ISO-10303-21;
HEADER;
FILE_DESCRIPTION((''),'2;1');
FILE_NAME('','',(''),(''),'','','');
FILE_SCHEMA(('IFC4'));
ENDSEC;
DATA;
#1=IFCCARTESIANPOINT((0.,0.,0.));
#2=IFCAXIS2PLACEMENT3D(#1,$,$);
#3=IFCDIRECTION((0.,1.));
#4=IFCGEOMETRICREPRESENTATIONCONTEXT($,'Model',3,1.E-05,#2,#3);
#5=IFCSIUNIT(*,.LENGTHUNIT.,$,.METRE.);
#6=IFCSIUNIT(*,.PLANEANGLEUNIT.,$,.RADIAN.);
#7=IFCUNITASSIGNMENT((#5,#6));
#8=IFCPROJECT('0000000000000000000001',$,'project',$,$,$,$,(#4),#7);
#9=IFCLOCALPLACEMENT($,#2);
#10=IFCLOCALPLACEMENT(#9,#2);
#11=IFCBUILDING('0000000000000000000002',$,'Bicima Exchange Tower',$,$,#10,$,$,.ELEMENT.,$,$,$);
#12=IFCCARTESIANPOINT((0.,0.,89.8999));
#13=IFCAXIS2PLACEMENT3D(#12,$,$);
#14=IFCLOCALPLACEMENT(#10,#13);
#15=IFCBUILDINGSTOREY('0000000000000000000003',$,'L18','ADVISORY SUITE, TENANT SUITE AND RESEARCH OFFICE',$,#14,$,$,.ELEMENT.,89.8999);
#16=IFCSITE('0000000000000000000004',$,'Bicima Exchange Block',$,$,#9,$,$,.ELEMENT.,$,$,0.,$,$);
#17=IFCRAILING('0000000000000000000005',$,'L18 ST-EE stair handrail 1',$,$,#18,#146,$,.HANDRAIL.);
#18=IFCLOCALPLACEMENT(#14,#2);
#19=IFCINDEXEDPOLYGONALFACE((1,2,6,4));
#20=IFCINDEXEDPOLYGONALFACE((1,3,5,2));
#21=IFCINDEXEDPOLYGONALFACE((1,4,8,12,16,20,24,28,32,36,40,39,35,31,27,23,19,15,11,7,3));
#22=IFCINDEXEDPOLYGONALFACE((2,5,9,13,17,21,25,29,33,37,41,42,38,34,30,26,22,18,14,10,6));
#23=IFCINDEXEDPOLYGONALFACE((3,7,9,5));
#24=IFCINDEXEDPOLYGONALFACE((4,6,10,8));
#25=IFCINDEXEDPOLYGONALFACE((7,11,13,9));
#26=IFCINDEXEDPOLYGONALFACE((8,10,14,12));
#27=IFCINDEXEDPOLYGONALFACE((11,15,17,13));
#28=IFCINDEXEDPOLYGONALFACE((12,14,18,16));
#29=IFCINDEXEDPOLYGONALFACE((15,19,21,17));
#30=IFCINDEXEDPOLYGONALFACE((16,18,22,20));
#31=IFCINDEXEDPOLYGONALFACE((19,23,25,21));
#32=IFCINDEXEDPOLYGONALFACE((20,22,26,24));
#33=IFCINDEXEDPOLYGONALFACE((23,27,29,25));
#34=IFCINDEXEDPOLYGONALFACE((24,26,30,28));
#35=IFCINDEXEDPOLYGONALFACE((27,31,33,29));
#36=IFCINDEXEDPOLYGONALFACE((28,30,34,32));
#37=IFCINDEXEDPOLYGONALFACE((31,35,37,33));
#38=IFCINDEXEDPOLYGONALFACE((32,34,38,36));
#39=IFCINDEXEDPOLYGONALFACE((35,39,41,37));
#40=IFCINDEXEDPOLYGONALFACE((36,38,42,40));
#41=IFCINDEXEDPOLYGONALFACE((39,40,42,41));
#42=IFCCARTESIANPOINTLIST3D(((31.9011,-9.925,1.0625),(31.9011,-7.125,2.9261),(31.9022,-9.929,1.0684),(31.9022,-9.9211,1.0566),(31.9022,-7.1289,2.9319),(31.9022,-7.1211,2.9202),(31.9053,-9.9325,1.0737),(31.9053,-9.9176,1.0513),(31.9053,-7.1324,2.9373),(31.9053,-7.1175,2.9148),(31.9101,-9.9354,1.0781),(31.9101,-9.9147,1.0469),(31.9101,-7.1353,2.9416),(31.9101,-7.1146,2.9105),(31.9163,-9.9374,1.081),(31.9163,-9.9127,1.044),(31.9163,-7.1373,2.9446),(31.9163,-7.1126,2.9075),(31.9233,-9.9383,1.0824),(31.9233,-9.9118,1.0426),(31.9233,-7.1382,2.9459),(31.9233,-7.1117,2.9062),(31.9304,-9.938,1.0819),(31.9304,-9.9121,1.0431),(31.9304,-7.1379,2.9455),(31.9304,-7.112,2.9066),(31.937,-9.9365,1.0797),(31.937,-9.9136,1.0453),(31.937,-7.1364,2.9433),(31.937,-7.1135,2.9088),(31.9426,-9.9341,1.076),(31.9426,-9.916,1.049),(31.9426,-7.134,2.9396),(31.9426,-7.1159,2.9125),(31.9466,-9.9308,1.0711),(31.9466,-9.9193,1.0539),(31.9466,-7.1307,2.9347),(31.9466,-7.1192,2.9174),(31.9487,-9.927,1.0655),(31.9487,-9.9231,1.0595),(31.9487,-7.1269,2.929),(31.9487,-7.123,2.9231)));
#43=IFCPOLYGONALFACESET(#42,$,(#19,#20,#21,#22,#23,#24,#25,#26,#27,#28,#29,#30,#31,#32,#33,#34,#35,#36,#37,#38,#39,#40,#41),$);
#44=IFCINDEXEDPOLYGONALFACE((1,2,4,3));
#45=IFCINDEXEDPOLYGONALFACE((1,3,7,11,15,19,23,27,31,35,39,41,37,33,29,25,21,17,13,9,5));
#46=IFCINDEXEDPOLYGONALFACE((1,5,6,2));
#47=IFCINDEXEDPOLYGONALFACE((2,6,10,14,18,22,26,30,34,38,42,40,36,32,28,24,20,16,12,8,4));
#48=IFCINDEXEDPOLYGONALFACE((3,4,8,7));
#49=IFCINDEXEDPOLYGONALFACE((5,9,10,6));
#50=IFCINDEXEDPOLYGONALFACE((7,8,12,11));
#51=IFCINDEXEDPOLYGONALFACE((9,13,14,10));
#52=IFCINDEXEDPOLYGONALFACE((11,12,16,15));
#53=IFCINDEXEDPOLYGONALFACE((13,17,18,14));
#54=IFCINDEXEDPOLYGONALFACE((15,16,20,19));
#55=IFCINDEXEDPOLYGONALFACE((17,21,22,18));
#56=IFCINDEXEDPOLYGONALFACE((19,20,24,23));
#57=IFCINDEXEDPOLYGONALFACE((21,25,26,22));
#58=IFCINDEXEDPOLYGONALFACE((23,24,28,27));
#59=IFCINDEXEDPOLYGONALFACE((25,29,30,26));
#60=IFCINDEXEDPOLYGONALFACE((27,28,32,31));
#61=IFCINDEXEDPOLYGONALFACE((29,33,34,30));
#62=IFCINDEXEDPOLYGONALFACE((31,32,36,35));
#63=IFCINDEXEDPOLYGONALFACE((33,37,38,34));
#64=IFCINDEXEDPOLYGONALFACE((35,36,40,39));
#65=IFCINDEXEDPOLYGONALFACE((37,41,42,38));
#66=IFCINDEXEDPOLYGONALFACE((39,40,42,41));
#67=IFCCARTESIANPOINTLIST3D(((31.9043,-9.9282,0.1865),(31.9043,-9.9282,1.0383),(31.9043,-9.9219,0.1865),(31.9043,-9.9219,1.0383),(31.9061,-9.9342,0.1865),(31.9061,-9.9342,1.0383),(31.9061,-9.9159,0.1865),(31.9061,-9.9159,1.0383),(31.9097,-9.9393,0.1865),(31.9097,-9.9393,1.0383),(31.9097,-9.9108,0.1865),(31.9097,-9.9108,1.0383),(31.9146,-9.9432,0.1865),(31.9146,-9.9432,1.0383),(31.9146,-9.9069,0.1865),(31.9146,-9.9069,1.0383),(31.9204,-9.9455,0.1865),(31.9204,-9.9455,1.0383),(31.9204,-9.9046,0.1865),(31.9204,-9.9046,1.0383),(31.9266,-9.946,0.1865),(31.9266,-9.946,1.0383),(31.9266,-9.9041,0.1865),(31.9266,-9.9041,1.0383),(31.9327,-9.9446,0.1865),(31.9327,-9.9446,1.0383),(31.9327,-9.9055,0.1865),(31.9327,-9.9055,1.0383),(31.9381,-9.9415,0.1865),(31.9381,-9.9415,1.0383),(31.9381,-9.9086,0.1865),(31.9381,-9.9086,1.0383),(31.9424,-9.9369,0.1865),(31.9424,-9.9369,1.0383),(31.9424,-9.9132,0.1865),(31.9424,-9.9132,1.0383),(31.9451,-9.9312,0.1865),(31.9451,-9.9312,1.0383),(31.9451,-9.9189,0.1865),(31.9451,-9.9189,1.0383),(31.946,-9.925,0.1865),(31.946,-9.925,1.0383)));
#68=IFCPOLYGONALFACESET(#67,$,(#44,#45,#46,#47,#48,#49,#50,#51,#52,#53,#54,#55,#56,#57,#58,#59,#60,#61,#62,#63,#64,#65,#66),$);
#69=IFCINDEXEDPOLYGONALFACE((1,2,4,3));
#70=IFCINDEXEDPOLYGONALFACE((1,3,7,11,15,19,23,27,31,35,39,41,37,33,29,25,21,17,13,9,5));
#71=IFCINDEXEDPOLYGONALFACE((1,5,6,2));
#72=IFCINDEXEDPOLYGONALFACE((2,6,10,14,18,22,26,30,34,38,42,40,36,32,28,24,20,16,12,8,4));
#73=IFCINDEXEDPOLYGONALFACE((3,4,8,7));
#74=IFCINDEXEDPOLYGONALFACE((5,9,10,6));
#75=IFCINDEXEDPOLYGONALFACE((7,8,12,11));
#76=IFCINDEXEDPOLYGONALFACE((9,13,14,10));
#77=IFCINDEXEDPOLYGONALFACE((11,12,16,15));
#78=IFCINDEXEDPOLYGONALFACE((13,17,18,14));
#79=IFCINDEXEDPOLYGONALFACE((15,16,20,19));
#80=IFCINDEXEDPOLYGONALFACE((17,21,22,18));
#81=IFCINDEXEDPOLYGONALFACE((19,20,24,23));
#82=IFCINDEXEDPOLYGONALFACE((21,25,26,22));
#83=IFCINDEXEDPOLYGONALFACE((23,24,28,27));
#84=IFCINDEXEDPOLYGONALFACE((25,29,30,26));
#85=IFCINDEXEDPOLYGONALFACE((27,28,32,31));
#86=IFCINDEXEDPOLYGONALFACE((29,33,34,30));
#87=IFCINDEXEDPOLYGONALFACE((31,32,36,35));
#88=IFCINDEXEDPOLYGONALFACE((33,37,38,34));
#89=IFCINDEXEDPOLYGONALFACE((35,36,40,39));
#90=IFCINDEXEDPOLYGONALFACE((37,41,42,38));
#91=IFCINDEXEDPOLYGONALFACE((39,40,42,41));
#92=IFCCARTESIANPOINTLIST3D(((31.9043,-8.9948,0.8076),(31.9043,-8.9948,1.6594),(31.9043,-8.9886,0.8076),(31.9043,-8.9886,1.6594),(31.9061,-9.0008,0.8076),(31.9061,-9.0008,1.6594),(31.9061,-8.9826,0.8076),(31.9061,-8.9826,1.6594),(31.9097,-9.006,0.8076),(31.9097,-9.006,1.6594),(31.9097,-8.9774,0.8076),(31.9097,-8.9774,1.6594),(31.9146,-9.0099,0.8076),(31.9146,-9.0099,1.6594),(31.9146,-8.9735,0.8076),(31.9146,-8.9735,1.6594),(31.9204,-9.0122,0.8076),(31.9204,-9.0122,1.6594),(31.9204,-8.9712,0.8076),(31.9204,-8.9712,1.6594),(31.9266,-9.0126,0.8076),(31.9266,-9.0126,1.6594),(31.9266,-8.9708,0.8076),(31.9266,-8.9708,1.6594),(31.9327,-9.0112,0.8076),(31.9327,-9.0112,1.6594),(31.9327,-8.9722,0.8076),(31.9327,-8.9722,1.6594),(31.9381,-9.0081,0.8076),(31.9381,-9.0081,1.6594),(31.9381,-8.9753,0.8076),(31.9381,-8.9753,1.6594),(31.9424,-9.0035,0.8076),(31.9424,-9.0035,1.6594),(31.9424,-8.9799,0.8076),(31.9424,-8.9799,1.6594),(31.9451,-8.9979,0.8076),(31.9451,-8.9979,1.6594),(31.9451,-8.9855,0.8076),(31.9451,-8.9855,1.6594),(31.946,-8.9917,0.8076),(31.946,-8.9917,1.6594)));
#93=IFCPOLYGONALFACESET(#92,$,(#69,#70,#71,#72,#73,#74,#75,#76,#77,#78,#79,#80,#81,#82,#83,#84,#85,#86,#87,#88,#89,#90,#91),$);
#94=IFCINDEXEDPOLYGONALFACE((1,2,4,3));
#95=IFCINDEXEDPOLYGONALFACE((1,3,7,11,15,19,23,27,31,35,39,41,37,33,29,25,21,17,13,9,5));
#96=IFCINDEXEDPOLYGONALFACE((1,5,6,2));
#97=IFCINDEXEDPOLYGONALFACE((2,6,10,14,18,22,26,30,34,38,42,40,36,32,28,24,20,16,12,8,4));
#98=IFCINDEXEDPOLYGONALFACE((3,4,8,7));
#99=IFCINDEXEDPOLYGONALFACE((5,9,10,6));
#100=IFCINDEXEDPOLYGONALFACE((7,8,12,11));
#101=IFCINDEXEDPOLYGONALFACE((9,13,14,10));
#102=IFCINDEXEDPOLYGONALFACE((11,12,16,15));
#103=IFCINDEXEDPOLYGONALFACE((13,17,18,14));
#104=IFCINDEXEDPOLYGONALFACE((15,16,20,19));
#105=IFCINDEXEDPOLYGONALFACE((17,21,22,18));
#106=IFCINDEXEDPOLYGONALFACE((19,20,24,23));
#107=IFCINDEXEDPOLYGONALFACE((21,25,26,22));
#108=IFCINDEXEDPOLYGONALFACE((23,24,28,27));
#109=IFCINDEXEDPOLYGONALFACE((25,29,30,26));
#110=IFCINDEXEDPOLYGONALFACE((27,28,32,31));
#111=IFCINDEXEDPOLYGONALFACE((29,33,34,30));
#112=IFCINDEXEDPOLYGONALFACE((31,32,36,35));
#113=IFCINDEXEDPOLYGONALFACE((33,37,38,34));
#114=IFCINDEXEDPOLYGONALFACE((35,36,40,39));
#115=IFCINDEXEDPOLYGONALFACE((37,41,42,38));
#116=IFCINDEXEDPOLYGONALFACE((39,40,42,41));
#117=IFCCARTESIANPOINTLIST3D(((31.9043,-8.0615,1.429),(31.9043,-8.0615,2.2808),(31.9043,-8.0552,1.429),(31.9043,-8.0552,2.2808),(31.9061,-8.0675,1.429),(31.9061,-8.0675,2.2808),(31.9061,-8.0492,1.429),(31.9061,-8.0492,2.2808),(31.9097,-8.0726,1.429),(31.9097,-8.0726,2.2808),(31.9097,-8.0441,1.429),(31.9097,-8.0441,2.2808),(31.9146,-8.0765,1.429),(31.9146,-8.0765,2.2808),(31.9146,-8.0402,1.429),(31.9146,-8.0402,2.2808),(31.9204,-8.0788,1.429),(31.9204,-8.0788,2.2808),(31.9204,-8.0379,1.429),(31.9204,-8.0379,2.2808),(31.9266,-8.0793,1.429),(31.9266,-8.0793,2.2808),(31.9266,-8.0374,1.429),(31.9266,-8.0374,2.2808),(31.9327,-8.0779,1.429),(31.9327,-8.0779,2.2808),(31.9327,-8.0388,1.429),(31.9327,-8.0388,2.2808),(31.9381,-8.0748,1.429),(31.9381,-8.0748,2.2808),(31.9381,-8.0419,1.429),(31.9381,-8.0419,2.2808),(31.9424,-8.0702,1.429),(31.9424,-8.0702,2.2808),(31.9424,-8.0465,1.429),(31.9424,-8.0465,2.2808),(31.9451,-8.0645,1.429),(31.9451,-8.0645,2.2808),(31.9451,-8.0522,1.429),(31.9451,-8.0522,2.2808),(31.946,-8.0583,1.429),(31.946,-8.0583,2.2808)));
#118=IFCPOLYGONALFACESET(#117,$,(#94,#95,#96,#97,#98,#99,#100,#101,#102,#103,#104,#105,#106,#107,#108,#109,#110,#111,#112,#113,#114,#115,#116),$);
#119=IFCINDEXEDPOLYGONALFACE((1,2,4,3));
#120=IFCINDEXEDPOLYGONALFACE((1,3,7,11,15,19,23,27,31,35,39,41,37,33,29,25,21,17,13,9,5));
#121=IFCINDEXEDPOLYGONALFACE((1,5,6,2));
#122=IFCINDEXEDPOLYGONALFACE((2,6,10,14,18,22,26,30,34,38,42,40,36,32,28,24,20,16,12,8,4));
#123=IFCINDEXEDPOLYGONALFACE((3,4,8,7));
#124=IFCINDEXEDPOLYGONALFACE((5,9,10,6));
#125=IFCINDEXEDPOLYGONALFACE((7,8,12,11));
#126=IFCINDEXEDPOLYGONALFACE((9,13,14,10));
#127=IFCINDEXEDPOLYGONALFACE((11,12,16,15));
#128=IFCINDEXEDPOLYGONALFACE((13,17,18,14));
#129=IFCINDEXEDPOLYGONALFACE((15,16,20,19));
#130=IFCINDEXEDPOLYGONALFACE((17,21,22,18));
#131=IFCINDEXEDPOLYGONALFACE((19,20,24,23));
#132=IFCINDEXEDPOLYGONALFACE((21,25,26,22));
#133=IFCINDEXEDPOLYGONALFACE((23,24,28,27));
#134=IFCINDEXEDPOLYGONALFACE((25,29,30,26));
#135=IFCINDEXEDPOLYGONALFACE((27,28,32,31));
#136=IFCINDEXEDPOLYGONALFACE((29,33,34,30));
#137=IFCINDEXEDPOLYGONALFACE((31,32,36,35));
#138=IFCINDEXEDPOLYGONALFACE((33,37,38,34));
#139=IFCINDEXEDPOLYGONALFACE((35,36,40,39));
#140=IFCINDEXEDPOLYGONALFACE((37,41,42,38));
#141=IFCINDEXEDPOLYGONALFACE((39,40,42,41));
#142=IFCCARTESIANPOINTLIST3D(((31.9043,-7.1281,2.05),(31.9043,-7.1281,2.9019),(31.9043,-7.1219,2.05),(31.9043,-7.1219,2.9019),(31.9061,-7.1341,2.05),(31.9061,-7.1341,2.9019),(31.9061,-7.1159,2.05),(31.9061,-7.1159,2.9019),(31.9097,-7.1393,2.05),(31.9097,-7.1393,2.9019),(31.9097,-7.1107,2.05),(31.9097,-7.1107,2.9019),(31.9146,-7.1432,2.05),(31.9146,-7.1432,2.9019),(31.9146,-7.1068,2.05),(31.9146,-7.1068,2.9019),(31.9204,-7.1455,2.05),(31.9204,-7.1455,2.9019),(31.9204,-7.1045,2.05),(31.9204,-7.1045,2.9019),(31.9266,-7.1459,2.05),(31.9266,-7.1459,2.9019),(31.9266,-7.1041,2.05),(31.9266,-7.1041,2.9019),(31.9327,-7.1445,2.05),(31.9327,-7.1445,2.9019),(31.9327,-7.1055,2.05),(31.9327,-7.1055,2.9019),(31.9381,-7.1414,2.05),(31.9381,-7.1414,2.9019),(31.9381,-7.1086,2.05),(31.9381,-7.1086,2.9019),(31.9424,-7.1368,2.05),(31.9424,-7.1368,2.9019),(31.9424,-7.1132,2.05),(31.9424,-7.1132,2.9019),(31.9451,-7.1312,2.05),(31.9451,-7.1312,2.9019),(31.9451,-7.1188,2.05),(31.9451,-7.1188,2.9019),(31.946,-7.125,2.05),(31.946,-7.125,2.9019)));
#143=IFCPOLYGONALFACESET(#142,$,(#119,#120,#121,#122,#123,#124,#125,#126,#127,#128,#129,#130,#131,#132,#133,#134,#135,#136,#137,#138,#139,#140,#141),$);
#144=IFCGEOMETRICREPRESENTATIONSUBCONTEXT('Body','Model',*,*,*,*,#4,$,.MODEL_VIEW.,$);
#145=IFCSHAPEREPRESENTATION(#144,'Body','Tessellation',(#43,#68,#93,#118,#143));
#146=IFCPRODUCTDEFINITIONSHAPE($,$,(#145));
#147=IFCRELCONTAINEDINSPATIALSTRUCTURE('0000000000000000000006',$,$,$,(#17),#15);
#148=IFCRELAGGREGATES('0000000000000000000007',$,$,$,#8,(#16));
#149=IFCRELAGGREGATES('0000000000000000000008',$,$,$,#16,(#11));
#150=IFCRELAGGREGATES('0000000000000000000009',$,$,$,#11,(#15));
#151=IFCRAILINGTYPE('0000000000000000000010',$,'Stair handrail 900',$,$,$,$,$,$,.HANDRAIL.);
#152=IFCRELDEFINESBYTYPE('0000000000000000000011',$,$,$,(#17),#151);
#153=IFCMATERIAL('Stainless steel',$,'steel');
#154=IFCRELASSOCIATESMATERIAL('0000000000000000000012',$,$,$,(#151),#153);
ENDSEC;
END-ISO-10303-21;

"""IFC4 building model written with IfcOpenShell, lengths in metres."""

from ifc_helpers import new_model, si_unit, direction, frame, origin, origin_2d, place, context, subcontext, project, spatial, circle, extrude, material, type_object, element, save


model = new_model("IFC4")

# Units and contexts
model_context = context("Model", 3, precision=1e-05, world=origin(), true_north=direction((0.0, 1.0)))
body_context = subcontext(model_context, "Body", "Model", "MODEL_VIEW")
ifc_project = project(units=[si_unit("LENGTHUNIT", "METRE"), si_unit("PLANEANGLEUNIT", "RADIAN")], contexts=[model_context])

# Site, building, storey
site_placement = place(None, origin())
site = spatial("IfcSite", under=ifc_project, at=site_placement, Name="Bicima Exchange Block", CompositionType="ELEMENT", RefElevation=0.0)
building_placement = place(site_placement, origin())
building = spatial("IfcBuilding", under=site, at=building_placement, Name="Bicima Exchange Tower", CompositionType="ELEMENT")
storey_placement = place(building_placement, frame((0.0, 0.0, 89.8999)))
storey = spatial("IfcBuildingStorey", under=building, at=storey_placement, Name="L18", Description="ADVISORY SUITE, TENANT SUITE AND RESEARCH OFFICE", CompositionType="ELEMENT", Elevation=89.8999)

# Railing
ifc_material_1 = material(Name="Stainless steel", Category="steel")
railing_type_1 = type_object("IfcRailingType", Name="Stair handrail 900", PredefinedType="HANDRAIL", material=ifc_material_1)
railing_1_placement = place(storey_placement, frame((31.925, -9.925, 0.1865)))
element("IfcRailing", 1, at=railing_1_placement, inside=storey, type_object=railing_type_1, Name="L18 ST-EE stair handrail 1", PredefinedType="HANDRAIL", context=body_context, shape_type="SweptSolid", body=[
    extrude(circle(Radius=0.0239, at=origin_2d()), frame((0.0, 0.0, 0.876), z_axis=(0.0, 0.832486, 0.554047), x_axis=(-1.0, 0.0, 0.0)), (0.0, 0.0, 1.0), 3.3635),
    extrude(circle(Radius=0.021, at=origin_2d()), origin(), (0.0, 0.0, 1.0), 0.8518),
    extrude(circle(Radius=0.021, at=origin_2d()), frame((0.0, 0.9333, 0.6211)), (0.0, 0.0, 1.0), 0.8518),
    extrude(circle(Radius=0.021, at=origin_2d()), frame((0.0, 1.8667, 1.2424)), (0.0, 0.0, 1.0), 0.8518),
    extrude(circle(Radius=0.021, at=origin_2d()), frame((0.0, 2.8, 1.8635)), (0.0, 0.0, 1.0), 0.8518),
])

save(model, "model.ifc")
